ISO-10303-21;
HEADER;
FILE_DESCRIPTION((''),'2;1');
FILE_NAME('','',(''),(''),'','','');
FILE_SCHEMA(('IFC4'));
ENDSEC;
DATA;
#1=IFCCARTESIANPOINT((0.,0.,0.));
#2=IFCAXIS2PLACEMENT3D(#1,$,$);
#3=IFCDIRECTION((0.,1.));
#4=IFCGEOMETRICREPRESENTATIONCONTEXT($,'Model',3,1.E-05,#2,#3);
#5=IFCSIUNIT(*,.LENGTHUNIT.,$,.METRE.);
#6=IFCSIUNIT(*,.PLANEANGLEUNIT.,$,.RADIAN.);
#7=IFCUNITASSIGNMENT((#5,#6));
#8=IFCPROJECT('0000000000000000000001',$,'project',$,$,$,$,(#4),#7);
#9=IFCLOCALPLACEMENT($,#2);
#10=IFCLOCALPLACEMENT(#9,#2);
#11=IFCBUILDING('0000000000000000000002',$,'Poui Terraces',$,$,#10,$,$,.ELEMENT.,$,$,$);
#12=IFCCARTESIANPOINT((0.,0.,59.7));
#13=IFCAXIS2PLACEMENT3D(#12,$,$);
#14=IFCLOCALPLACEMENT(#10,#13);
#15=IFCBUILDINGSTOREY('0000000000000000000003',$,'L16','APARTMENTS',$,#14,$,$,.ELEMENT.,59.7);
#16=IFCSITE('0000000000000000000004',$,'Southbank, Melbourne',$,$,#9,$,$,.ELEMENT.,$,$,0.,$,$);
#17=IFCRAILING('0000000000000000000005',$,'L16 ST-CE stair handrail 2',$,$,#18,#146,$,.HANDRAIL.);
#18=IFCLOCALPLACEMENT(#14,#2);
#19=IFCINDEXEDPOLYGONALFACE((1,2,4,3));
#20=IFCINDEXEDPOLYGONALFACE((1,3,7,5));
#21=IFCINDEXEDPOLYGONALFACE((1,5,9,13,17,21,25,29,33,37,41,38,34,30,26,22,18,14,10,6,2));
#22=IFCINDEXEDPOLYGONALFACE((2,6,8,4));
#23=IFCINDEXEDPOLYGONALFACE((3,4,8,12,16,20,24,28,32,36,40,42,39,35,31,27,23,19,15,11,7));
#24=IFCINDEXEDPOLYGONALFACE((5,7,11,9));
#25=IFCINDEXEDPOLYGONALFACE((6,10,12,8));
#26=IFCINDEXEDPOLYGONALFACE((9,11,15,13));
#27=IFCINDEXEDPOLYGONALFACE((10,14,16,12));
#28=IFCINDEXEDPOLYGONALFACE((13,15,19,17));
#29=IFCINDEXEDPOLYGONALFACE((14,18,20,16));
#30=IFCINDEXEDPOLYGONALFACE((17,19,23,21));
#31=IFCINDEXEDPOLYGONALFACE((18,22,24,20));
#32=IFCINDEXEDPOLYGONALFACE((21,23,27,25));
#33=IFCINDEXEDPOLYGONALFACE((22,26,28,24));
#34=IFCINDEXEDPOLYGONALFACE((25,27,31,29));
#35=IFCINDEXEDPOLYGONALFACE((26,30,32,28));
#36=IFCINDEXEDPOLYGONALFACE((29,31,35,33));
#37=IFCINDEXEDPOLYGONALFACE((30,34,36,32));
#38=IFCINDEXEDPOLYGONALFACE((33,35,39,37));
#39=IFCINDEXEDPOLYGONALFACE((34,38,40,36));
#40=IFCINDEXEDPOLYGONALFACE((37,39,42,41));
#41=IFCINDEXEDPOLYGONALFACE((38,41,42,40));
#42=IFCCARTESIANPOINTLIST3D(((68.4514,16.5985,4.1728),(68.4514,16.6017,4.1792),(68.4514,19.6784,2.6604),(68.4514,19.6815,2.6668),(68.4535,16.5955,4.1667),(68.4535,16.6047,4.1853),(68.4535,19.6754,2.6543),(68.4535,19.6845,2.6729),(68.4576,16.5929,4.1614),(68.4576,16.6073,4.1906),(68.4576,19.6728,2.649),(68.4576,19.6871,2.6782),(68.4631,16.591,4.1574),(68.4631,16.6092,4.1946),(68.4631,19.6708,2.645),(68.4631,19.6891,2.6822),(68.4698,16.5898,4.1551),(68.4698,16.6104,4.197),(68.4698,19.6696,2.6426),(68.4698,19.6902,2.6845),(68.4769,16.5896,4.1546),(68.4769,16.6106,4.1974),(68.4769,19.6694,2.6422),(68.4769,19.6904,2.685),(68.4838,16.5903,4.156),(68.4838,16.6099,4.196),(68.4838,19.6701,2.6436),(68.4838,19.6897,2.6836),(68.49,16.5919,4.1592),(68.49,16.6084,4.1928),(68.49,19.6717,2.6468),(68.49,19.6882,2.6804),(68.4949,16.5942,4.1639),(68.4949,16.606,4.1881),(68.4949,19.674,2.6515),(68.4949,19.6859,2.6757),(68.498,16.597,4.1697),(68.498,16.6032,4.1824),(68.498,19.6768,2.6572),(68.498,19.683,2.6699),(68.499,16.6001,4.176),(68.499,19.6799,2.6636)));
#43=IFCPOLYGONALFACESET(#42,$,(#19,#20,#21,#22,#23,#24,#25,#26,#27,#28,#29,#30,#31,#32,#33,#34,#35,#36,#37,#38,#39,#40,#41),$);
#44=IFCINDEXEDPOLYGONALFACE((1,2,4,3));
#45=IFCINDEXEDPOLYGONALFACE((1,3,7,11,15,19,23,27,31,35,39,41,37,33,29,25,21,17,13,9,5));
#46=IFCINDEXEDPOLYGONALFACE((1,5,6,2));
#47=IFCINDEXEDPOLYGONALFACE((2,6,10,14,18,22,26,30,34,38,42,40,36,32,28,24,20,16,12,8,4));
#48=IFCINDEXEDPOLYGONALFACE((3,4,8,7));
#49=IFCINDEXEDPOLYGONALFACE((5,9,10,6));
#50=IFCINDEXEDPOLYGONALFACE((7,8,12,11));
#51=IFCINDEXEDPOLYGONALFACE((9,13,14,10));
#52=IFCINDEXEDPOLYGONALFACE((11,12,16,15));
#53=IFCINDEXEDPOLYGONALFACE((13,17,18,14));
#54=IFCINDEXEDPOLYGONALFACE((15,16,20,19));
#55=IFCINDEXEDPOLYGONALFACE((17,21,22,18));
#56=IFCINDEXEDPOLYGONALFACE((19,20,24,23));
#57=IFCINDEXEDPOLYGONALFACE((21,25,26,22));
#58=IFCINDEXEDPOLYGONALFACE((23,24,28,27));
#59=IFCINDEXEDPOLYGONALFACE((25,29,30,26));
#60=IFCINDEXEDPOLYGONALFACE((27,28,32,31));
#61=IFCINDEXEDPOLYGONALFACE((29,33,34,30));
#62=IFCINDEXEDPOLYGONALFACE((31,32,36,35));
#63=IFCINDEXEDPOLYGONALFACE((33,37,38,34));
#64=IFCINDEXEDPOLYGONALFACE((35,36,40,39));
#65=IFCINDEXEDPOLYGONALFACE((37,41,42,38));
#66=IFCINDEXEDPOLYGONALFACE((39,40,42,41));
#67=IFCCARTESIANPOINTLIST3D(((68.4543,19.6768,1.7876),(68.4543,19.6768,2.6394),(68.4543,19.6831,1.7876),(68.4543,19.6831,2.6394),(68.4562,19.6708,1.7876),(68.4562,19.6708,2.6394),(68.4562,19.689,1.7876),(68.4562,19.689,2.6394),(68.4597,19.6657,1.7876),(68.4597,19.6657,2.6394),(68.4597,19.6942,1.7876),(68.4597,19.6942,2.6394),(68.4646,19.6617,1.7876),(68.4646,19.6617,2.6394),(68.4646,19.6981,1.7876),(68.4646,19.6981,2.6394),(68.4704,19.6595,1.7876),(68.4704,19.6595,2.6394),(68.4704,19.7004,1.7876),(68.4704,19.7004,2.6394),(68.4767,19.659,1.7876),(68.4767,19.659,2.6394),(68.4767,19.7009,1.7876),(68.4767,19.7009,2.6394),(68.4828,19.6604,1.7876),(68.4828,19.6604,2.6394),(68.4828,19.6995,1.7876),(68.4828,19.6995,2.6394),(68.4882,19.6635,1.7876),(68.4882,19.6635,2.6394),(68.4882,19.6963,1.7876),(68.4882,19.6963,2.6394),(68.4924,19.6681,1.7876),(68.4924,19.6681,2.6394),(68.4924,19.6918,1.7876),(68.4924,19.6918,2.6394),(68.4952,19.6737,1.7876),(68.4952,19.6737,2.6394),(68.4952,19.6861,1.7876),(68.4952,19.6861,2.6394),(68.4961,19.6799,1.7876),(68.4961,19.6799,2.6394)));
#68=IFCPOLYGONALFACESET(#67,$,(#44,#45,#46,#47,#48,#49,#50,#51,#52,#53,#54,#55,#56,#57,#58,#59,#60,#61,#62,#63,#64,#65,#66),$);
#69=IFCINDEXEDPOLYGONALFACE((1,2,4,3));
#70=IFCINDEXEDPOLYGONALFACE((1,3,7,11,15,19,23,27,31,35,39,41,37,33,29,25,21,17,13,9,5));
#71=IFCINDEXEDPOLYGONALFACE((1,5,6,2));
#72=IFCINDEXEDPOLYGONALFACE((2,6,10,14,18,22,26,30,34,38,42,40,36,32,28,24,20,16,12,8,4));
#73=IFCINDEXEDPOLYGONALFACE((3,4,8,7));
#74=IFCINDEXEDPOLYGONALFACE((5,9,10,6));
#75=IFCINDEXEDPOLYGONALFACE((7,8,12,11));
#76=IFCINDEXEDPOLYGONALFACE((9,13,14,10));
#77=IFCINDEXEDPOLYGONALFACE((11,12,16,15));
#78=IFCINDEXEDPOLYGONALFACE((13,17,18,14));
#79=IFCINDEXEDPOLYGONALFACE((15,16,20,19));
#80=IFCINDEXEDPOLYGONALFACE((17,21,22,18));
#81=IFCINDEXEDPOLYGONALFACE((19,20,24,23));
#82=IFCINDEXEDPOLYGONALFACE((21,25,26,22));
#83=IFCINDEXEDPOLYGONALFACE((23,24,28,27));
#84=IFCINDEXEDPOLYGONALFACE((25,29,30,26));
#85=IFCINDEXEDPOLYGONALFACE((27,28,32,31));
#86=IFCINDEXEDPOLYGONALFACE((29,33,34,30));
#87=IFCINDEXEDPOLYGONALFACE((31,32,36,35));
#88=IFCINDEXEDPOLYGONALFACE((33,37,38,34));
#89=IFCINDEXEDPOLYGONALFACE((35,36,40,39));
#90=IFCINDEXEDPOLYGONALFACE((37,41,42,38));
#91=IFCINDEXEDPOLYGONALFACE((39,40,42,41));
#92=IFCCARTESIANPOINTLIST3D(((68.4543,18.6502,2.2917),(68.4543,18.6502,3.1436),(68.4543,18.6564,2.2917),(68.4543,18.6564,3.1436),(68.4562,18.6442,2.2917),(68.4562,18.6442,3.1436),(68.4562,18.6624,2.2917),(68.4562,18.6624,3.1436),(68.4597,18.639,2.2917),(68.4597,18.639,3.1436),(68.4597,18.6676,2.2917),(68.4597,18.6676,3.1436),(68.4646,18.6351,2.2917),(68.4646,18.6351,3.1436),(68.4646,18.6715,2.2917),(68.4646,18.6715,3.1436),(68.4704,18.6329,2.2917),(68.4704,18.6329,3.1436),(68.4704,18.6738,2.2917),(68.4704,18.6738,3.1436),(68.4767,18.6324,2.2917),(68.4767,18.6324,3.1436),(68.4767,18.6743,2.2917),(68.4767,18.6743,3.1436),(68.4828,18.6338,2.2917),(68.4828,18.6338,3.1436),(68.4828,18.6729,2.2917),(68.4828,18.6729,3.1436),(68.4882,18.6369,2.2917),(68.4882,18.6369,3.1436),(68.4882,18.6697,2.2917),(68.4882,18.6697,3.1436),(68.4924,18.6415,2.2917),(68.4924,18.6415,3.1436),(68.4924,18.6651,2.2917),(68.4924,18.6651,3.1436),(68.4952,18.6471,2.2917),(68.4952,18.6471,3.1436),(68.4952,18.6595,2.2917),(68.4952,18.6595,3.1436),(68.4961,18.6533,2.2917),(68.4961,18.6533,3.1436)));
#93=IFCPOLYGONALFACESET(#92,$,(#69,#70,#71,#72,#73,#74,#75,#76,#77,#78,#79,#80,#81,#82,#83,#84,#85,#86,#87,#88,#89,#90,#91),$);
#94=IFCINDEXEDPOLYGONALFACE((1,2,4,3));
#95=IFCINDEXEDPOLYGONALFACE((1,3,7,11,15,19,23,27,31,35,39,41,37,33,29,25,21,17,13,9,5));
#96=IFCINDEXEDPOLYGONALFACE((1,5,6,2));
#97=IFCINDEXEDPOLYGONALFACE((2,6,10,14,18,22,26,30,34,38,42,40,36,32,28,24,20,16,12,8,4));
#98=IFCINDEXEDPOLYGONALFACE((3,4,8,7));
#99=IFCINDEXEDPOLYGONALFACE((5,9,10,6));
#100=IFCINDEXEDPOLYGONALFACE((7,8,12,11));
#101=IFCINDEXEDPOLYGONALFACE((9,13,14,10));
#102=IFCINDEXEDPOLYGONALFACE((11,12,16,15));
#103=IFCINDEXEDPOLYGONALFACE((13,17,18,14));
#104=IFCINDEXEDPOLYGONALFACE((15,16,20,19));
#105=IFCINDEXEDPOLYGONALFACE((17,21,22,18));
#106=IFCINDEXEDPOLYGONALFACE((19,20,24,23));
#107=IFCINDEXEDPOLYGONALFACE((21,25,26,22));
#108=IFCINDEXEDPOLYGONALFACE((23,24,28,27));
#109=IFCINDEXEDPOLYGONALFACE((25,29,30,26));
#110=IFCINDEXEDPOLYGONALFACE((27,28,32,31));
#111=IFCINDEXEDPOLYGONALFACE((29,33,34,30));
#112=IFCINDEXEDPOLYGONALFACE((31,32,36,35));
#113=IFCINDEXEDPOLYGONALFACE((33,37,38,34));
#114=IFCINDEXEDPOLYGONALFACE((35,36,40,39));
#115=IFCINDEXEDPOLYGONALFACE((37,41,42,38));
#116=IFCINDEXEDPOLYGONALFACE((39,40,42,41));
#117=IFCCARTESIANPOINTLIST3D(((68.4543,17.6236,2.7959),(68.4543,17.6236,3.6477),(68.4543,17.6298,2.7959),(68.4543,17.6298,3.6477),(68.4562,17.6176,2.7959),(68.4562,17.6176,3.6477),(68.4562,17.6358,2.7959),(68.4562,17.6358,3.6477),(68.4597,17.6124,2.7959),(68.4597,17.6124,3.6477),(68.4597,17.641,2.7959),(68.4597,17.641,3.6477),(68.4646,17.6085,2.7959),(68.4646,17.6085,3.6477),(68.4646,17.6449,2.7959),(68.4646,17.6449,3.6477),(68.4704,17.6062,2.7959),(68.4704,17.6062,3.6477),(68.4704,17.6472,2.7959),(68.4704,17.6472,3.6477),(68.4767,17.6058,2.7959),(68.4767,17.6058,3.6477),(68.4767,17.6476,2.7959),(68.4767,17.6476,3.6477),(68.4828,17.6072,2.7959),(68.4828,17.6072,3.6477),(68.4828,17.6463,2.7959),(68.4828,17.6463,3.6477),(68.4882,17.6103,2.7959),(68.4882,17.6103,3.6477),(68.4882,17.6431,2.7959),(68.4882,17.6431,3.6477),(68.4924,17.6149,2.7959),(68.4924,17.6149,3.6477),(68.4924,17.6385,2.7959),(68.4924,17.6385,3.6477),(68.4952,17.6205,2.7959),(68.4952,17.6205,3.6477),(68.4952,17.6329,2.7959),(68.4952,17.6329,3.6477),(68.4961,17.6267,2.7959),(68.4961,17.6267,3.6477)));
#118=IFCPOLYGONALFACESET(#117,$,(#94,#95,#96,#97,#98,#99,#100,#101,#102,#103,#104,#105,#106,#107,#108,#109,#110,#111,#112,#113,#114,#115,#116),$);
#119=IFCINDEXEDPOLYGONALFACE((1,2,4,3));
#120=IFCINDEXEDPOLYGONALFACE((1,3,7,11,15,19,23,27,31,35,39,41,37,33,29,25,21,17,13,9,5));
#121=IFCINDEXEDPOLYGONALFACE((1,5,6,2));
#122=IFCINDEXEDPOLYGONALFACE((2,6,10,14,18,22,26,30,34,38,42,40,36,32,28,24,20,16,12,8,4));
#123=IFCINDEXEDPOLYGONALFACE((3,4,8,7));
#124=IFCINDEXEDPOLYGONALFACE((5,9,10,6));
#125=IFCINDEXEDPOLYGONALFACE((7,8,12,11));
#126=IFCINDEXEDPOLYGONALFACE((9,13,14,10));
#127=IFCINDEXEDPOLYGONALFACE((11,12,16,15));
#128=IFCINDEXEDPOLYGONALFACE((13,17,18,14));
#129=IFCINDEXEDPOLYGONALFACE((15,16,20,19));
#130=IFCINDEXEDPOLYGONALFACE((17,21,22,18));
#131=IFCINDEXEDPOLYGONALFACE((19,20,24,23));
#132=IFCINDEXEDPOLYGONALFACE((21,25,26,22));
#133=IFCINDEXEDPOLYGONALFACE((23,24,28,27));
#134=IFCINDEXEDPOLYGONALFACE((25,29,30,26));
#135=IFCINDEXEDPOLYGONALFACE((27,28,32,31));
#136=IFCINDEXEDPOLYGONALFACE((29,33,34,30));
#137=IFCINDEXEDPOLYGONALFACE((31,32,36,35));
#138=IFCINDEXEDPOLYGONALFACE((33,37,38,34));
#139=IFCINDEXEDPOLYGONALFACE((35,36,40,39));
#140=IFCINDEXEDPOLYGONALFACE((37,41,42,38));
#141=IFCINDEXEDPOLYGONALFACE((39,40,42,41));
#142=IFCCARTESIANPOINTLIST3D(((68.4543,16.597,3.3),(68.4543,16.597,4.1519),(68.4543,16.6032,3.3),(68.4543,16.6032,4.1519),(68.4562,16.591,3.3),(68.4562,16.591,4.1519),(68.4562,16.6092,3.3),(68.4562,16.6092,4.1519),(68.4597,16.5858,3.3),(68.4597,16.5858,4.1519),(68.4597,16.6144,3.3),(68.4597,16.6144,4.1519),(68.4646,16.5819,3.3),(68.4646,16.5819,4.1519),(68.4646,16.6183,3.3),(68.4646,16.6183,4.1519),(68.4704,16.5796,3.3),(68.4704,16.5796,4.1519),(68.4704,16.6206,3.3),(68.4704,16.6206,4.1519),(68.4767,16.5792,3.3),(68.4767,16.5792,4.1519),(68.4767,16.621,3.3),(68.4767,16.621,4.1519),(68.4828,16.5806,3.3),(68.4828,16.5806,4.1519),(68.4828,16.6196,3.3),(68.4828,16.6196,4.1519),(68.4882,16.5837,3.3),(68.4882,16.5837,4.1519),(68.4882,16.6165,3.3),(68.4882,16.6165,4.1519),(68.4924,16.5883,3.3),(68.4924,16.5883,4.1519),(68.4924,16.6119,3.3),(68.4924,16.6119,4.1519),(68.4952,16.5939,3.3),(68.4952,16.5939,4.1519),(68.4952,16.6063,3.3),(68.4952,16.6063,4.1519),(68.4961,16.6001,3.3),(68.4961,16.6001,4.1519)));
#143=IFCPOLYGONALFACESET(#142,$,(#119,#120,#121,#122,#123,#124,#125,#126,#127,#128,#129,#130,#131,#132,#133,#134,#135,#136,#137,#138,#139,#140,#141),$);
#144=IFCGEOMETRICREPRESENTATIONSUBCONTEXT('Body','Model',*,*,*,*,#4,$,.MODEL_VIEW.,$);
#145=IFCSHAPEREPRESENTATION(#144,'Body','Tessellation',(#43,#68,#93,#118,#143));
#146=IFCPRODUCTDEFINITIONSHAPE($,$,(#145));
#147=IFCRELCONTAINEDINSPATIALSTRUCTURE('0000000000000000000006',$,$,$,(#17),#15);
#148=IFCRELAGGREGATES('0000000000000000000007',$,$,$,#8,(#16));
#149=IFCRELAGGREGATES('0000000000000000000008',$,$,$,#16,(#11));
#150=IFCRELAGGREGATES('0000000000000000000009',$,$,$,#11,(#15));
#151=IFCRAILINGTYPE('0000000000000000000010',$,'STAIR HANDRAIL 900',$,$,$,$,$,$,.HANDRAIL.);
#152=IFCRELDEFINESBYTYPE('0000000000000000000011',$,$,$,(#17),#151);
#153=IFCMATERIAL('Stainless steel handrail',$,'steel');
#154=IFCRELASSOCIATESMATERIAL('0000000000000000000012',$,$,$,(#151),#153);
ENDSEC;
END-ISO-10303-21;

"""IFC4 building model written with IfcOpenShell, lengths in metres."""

from ifc_helpers import new_model, si_unit, direction, frame, origin, origin_2d, place, context, subcontext, project, spatial, circle, extrude, material, type_object, element, save


model = new_model("IFC4")

# Units and contexts
model_context = context("Model", 3, precision=1e-05, world=origin(), true_north=direction((0.0, 1.0)))
body_context = subcontext(model_context, "Body", "Model", "MODEL_VIEW")
ifc_project = project(units=[si_unit("LENGTHUNIT", "METRE"), si_unit("PLANEANGLEUNIT", "RADIAN")], contexts=[model_context])

# Site, building, storey
site_placement = place(None, origin())
site = spatial("IfcSite", under=ifc_project, at=site_placement, Name="Southbank, Melbourne", CompositionType="ELEMENT", RefElevation=0.0)
building_placement = place(site_placement, origin())
building = spatial("IfcBuilding", under=site, at=building_placement, Name="Poui Terraces", CompositionType="ELEMENT")
storey_placement = place(building_placement, frame((0.0, 0.0, 59.7)))
storey = spatial("IfcBuildingStorey", under=building, at=storey_placement, Name="L16", Description="APARTMENTS", CompositionType="ELEMENT", Elevation=59.7)

# Railing
ifc_material_1 = material(Name="Stainless steel handrail", Category="steel")
railing_type = type_object("IfcRailingType", Name="STAIR HANDRAIL 900", PredefinedType="HANDRAIL", material=ifc_material_1)
railing_placement = place(storey_placement, frame((68.4751, 19.6799, 1.7876)))
element("IfcRailing", 1, at=railing_placement, inside=storey, type_object=railing_type, Name="L16 ST-CE stair handrail 2", PredefinedType="HANDRAIL", context=body_context, shape_type="SweptSolid", body=[
    extrude(circle(Radius=0.0239, at=origin_2d()), frame((0.0, 0.0, 0.876), z_axis=(0.0, -0.897606, 0.440798), x_axis=(1.0, 0.0, 0.0)), (0.0, 0.0, 1.0), 3.4312),
    extrude(circle(Radius=0.021, at=origin_2d()), origin(), (0.0, 0.0, 1.0), 0.8518),
    extrude(circle(Radius=0.021, at=origin_2d()), frame((0.0, -1.0266, 0.5042)), (0.0, 0.0, 1.0), 0.8518),
    extrude(circle(Radius=0.021, at=origin_2d()), frame((0.0, -2.0532, 1.0083)), (0.0, 0.0, 1.0), 0.8518),
    extrude(circle(Radius=0.021, at=origin_2d()), frame((0.0, -3.0798, 1.5125)), (0.0, 0.0, 1.0), 0.8518),
])

save(model, "model.ifc")
